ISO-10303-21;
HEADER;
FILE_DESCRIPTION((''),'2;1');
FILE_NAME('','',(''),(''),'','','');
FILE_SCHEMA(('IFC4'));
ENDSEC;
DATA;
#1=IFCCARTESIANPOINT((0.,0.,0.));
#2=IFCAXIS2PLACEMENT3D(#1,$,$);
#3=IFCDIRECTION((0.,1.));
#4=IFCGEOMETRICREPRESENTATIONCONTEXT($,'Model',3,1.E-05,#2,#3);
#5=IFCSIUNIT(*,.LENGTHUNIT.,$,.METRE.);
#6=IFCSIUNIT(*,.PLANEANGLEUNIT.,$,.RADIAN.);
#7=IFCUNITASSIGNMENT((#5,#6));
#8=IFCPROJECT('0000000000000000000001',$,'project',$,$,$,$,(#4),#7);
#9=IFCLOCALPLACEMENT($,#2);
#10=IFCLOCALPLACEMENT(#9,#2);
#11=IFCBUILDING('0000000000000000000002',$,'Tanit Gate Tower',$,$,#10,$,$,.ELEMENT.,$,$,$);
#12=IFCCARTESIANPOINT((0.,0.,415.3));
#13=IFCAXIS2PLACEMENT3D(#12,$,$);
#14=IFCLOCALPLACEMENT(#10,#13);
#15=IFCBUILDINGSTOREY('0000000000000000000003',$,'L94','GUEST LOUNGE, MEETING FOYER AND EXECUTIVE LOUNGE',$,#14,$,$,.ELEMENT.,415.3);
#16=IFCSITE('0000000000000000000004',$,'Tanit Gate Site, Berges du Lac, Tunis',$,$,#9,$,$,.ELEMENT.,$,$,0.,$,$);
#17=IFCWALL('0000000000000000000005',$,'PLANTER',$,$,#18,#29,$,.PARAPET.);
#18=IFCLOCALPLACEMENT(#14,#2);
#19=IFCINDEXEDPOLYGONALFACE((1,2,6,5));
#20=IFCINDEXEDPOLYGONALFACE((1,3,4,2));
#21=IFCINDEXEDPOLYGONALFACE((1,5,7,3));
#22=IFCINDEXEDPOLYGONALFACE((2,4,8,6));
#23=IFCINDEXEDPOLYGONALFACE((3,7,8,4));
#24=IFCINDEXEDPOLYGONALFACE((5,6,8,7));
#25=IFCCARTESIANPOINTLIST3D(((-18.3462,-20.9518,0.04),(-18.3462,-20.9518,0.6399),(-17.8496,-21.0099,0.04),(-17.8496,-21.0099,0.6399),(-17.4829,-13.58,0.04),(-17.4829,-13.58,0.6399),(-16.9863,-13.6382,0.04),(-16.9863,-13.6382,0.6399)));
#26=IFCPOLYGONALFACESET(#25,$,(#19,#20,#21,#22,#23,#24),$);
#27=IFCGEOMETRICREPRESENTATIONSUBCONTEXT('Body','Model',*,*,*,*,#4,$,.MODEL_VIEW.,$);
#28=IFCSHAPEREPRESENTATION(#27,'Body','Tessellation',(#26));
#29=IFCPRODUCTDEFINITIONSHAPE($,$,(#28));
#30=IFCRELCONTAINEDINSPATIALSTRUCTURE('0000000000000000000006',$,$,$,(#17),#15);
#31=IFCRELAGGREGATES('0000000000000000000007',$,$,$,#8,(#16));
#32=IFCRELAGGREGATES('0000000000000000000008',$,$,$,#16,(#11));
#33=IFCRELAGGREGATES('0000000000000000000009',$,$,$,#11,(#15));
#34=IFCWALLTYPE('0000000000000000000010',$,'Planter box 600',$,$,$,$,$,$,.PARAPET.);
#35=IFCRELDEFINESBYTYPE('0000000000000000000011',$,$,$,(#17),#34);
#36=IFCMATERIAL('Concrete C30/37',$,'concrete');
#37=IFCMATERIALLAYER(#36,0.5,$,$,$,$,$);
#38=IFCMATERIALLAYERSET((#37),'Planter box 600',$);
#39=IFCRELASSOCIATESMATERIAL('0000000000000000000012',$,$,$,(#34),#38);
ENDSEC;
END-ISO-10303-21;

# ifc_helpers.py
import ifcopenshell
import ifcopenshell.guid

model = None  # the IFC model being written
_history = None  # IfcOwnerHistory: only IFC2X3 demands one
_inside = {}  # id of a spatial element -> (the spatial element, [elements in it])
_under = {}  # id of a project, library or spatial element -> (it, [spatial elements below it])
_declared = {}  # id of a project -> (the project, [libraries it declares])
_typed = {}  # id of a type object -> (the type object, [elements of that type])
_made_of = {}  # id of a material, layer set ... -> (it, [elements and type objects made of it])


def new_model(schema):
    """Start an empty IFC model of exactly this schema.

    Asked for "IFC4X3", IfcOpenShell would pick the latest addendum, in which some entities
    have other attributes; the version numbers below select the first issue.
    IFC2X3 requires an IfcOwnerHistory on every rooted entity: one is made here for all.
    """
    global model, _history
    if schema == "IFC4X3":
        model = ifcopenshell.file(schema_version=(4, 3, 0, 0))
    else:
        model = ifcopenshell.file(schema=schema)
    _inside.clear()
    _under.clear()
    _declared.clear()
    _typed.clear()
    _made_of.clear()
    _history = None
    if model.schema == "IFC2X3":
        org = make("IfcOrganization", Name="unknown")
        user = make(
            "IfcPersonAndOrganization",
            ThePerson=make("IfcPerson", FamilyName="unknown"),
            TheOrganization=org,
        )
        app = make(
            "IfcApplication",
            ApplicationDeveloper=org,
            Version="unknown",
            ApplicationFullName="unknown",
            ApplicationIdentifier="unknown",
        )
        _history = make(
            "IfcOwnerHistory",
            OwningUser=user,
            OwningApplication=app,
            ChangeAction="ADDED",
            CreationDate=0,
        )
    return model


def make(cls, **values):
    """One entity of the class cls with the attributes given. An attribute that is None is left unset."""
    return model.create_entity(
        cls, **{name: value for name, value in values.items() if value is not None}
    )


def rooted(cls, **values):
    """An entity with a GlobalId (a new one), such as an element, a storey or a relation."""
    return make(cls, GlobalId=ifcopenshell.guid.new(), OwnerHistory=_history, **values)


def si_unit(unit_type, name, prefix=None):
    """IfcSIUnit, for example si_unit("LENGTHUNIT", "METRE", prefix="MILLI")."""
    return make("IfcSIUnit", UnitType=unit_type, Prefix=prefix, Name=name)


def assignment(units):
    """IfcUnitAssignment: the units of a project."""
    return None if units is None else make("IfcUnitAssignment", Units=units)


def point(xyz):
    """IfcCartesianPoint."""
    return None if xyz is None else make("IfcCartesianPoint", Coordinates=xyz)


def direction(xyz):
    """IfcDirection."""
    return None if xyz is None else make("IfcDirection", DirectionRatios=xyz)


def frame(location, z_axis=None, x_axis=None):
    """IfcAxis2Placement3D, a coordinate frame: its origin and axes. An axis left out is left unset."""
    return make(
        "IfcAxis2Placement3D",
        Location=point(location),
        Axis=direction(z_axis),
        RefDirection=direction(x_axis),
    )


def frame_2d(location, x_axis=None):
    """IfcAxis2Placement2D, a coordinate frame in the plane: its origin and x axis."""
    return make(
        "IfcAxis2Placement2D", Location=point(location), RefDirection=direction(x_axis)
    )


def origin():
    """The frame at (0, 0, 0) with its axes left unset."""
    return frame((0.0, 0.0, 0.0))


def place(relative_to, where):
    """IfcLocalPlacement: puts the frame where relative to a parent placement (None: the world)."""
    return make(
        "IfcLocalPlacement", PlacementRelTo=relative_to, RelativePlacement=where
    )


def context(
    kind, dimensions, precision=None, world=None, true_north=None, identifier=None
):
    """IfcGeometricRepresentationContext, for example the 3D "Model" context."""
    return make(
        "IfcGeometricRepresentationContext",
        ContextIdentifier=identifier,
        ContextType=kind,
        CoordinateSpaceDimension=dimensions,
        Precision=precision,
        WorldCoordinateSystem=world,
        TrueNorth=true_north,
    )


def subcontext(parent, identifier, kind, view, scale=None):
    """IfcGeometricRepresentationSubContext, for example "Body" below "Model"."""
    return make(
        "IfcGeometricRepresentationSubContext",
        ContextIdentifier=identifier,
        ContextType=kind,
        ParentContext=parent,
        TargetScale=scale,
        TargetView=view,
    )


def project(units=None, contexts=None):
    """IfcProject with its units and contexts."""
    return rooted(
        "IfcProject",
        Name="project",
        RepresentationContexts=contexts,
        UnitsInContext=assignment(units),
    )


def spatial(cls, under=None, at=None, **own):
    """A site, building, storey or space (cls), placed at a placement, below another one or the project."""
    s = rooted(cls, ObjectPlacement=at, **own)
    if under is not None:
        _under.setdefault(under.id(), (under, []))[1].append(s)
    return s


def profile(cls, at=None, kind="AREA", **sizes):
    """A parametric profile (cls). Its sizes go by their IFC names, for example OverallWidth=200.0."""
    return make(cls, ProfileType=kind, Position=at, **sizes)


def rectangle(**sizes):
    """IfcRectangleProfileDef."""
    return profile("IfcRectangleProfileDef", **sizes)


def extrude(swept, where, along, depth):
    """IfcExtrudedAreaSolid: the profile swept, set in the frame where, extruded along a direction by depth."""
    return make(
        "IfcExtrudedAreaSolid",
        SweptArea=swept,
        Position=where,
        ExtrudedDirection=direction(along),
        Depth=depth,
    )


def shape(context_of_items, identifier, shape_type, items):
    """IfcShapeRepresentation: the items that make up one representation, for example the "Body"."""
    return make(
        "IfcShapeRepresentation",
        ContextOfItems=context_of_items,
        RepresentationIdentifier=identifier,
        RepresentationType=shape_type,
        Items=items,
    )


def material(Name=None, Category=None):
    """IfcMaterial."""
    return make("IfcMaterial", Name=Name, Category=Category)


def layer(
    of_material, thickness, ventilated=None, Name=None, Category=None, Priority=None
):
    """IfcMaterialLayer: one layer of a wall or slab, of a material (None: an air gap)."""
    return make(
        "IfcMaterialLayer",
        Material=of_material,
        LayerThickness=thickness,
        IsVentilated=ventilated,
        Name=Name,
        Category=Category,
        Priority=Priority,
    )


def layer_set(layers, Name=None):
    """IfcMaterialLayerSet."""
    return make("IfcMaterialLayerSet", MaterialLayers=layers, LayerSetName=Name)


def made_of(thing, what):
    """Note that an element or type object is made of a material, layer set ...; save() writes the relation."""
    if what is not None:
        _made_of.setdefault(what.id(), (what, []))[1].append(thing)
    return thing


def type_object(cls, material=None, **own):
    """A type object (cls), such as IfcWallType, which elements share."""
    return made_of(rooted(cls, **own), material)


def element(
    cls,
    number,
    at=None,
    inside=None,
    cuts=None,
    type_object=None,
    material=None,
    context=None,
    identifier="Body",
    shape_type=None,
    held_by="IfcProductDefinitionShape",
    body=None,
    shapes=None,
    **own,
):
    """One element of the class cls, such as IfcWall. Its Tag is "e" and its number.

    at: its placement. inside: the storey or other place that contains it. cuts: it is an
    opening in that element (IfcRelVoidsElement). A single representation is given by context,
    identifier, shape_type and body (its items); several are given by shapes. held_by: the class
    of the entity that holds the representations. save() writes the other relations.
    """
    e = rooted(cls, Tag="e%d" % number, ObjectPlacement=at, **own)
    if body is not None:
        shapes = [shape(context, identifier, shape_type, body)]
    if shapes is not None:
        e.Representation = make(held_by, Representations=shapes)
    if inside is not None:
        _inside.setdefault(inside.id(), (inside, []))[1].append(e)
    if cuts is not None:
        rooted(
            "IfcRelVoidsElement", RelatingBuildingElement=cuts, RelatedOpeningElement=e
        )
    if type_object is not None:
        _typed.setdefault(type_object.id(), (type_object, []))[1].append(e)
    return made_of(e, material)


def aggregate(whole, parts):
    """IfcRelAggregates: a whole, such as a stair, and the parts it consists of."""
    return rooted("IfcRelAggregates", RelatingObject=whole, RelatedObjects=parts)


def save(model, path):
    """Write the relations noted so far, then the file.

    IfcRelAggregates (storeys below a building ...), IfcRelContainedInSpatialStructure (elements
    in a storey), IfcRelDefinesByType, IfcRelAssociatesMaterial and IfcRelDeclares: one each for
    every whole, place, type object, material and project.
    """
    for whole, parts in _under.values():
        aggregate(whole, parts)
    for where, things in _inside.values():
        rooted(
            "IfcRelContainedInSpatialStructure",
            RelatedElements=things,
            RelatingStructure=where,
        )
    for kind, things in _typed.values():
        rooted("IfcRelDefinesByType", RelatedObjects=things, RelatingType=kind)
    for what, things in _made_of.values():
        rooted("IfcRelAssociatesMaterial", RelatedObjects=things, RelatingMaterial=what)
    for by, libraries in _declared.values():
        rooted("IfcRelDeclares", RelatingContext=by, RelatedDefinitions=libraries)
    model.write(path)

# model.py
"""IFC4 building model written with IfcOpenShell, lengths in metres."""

from ifc_helpers import new_model, si_unit, direction, frame, frame_2d, origin, place, context, subcontext, project, spatial, rectangle, extrude, material, layer, layer_set, type_object, element, save


model = new_model("IFC4")

# Units and contexts
model_context = context("Model", 3, precision=1e-05, world=origin(), true_north=direction((0.0, 1.0)))
body_context = subcontext(model_context, "Body", "Model", "MODEL_VIEW")
ifc_project = project(units=[si_unit("LENGTHUNIT", "METRE"), si_unit("PLANEANGLEUNIT", "RADIAN")], contexts=[model_context])

# Site, building, storey
site_placement = place(None, origin())
site = spatial("IfcSite", under=ifc_project, at=site_placement, Name="Tanit Gate Site, Berges du Lac, Tunis", CompositionType="ELEMENT", RefElevation=0.0)
building_placement = place(site_placement, origin())
building = spatial("IfcBuilding", under=site, at=building_placement, Name="Tanit Gate Tower", CompositionType="ELEMENT")
storey_placement = place(building_placement, frame((0.0, 0.0, 415.3)))
storey = spatial("IfcBuildingStorey", under=building, at=storey_placement, Name="L94", Description="GUEST LOUNGE, MEETING FOYER AND EXECUTIVE LOUNGE", CompositionType="ELEMENT", Elevation=415.3)

# Wall
ifc_material_1 = material(Name="Concrete C30/37", Category="concrete")
ifc_layer_1 = layer(ifc_material_1, 0.5)
ifc_layer_set_1 = layer_set([ifc_layer_1], Name="Planter box 600")
wall_type_1 = type_object("IfcWallType", Name="Planter box 600", PredefinedType="PARAPET", material=ifc_layer_set_1)
wall_1_placement = place(storey_placement, frame((-18.0979, -20.9807, 0.04), z_axis=(0.0, 0.0, 1.0), x_axis=(0.116311, 0.993213, 0.0)))
element("IfcWall", 1, at=wall_1_placement, inside=storey, type_object=wall_type_1, Name="PLANTER", PredefinedType="PARAPET", context=body_context, shape_type="SweptSolid", body=[
    extrude(rectangle(XDim=7.4221, YDim=0.5, at=frame_2d((3.7109, 0.0))), origin(), (0.0, 0.0, 1.0), 0.5999),
])

save(model, "model.ifc")
